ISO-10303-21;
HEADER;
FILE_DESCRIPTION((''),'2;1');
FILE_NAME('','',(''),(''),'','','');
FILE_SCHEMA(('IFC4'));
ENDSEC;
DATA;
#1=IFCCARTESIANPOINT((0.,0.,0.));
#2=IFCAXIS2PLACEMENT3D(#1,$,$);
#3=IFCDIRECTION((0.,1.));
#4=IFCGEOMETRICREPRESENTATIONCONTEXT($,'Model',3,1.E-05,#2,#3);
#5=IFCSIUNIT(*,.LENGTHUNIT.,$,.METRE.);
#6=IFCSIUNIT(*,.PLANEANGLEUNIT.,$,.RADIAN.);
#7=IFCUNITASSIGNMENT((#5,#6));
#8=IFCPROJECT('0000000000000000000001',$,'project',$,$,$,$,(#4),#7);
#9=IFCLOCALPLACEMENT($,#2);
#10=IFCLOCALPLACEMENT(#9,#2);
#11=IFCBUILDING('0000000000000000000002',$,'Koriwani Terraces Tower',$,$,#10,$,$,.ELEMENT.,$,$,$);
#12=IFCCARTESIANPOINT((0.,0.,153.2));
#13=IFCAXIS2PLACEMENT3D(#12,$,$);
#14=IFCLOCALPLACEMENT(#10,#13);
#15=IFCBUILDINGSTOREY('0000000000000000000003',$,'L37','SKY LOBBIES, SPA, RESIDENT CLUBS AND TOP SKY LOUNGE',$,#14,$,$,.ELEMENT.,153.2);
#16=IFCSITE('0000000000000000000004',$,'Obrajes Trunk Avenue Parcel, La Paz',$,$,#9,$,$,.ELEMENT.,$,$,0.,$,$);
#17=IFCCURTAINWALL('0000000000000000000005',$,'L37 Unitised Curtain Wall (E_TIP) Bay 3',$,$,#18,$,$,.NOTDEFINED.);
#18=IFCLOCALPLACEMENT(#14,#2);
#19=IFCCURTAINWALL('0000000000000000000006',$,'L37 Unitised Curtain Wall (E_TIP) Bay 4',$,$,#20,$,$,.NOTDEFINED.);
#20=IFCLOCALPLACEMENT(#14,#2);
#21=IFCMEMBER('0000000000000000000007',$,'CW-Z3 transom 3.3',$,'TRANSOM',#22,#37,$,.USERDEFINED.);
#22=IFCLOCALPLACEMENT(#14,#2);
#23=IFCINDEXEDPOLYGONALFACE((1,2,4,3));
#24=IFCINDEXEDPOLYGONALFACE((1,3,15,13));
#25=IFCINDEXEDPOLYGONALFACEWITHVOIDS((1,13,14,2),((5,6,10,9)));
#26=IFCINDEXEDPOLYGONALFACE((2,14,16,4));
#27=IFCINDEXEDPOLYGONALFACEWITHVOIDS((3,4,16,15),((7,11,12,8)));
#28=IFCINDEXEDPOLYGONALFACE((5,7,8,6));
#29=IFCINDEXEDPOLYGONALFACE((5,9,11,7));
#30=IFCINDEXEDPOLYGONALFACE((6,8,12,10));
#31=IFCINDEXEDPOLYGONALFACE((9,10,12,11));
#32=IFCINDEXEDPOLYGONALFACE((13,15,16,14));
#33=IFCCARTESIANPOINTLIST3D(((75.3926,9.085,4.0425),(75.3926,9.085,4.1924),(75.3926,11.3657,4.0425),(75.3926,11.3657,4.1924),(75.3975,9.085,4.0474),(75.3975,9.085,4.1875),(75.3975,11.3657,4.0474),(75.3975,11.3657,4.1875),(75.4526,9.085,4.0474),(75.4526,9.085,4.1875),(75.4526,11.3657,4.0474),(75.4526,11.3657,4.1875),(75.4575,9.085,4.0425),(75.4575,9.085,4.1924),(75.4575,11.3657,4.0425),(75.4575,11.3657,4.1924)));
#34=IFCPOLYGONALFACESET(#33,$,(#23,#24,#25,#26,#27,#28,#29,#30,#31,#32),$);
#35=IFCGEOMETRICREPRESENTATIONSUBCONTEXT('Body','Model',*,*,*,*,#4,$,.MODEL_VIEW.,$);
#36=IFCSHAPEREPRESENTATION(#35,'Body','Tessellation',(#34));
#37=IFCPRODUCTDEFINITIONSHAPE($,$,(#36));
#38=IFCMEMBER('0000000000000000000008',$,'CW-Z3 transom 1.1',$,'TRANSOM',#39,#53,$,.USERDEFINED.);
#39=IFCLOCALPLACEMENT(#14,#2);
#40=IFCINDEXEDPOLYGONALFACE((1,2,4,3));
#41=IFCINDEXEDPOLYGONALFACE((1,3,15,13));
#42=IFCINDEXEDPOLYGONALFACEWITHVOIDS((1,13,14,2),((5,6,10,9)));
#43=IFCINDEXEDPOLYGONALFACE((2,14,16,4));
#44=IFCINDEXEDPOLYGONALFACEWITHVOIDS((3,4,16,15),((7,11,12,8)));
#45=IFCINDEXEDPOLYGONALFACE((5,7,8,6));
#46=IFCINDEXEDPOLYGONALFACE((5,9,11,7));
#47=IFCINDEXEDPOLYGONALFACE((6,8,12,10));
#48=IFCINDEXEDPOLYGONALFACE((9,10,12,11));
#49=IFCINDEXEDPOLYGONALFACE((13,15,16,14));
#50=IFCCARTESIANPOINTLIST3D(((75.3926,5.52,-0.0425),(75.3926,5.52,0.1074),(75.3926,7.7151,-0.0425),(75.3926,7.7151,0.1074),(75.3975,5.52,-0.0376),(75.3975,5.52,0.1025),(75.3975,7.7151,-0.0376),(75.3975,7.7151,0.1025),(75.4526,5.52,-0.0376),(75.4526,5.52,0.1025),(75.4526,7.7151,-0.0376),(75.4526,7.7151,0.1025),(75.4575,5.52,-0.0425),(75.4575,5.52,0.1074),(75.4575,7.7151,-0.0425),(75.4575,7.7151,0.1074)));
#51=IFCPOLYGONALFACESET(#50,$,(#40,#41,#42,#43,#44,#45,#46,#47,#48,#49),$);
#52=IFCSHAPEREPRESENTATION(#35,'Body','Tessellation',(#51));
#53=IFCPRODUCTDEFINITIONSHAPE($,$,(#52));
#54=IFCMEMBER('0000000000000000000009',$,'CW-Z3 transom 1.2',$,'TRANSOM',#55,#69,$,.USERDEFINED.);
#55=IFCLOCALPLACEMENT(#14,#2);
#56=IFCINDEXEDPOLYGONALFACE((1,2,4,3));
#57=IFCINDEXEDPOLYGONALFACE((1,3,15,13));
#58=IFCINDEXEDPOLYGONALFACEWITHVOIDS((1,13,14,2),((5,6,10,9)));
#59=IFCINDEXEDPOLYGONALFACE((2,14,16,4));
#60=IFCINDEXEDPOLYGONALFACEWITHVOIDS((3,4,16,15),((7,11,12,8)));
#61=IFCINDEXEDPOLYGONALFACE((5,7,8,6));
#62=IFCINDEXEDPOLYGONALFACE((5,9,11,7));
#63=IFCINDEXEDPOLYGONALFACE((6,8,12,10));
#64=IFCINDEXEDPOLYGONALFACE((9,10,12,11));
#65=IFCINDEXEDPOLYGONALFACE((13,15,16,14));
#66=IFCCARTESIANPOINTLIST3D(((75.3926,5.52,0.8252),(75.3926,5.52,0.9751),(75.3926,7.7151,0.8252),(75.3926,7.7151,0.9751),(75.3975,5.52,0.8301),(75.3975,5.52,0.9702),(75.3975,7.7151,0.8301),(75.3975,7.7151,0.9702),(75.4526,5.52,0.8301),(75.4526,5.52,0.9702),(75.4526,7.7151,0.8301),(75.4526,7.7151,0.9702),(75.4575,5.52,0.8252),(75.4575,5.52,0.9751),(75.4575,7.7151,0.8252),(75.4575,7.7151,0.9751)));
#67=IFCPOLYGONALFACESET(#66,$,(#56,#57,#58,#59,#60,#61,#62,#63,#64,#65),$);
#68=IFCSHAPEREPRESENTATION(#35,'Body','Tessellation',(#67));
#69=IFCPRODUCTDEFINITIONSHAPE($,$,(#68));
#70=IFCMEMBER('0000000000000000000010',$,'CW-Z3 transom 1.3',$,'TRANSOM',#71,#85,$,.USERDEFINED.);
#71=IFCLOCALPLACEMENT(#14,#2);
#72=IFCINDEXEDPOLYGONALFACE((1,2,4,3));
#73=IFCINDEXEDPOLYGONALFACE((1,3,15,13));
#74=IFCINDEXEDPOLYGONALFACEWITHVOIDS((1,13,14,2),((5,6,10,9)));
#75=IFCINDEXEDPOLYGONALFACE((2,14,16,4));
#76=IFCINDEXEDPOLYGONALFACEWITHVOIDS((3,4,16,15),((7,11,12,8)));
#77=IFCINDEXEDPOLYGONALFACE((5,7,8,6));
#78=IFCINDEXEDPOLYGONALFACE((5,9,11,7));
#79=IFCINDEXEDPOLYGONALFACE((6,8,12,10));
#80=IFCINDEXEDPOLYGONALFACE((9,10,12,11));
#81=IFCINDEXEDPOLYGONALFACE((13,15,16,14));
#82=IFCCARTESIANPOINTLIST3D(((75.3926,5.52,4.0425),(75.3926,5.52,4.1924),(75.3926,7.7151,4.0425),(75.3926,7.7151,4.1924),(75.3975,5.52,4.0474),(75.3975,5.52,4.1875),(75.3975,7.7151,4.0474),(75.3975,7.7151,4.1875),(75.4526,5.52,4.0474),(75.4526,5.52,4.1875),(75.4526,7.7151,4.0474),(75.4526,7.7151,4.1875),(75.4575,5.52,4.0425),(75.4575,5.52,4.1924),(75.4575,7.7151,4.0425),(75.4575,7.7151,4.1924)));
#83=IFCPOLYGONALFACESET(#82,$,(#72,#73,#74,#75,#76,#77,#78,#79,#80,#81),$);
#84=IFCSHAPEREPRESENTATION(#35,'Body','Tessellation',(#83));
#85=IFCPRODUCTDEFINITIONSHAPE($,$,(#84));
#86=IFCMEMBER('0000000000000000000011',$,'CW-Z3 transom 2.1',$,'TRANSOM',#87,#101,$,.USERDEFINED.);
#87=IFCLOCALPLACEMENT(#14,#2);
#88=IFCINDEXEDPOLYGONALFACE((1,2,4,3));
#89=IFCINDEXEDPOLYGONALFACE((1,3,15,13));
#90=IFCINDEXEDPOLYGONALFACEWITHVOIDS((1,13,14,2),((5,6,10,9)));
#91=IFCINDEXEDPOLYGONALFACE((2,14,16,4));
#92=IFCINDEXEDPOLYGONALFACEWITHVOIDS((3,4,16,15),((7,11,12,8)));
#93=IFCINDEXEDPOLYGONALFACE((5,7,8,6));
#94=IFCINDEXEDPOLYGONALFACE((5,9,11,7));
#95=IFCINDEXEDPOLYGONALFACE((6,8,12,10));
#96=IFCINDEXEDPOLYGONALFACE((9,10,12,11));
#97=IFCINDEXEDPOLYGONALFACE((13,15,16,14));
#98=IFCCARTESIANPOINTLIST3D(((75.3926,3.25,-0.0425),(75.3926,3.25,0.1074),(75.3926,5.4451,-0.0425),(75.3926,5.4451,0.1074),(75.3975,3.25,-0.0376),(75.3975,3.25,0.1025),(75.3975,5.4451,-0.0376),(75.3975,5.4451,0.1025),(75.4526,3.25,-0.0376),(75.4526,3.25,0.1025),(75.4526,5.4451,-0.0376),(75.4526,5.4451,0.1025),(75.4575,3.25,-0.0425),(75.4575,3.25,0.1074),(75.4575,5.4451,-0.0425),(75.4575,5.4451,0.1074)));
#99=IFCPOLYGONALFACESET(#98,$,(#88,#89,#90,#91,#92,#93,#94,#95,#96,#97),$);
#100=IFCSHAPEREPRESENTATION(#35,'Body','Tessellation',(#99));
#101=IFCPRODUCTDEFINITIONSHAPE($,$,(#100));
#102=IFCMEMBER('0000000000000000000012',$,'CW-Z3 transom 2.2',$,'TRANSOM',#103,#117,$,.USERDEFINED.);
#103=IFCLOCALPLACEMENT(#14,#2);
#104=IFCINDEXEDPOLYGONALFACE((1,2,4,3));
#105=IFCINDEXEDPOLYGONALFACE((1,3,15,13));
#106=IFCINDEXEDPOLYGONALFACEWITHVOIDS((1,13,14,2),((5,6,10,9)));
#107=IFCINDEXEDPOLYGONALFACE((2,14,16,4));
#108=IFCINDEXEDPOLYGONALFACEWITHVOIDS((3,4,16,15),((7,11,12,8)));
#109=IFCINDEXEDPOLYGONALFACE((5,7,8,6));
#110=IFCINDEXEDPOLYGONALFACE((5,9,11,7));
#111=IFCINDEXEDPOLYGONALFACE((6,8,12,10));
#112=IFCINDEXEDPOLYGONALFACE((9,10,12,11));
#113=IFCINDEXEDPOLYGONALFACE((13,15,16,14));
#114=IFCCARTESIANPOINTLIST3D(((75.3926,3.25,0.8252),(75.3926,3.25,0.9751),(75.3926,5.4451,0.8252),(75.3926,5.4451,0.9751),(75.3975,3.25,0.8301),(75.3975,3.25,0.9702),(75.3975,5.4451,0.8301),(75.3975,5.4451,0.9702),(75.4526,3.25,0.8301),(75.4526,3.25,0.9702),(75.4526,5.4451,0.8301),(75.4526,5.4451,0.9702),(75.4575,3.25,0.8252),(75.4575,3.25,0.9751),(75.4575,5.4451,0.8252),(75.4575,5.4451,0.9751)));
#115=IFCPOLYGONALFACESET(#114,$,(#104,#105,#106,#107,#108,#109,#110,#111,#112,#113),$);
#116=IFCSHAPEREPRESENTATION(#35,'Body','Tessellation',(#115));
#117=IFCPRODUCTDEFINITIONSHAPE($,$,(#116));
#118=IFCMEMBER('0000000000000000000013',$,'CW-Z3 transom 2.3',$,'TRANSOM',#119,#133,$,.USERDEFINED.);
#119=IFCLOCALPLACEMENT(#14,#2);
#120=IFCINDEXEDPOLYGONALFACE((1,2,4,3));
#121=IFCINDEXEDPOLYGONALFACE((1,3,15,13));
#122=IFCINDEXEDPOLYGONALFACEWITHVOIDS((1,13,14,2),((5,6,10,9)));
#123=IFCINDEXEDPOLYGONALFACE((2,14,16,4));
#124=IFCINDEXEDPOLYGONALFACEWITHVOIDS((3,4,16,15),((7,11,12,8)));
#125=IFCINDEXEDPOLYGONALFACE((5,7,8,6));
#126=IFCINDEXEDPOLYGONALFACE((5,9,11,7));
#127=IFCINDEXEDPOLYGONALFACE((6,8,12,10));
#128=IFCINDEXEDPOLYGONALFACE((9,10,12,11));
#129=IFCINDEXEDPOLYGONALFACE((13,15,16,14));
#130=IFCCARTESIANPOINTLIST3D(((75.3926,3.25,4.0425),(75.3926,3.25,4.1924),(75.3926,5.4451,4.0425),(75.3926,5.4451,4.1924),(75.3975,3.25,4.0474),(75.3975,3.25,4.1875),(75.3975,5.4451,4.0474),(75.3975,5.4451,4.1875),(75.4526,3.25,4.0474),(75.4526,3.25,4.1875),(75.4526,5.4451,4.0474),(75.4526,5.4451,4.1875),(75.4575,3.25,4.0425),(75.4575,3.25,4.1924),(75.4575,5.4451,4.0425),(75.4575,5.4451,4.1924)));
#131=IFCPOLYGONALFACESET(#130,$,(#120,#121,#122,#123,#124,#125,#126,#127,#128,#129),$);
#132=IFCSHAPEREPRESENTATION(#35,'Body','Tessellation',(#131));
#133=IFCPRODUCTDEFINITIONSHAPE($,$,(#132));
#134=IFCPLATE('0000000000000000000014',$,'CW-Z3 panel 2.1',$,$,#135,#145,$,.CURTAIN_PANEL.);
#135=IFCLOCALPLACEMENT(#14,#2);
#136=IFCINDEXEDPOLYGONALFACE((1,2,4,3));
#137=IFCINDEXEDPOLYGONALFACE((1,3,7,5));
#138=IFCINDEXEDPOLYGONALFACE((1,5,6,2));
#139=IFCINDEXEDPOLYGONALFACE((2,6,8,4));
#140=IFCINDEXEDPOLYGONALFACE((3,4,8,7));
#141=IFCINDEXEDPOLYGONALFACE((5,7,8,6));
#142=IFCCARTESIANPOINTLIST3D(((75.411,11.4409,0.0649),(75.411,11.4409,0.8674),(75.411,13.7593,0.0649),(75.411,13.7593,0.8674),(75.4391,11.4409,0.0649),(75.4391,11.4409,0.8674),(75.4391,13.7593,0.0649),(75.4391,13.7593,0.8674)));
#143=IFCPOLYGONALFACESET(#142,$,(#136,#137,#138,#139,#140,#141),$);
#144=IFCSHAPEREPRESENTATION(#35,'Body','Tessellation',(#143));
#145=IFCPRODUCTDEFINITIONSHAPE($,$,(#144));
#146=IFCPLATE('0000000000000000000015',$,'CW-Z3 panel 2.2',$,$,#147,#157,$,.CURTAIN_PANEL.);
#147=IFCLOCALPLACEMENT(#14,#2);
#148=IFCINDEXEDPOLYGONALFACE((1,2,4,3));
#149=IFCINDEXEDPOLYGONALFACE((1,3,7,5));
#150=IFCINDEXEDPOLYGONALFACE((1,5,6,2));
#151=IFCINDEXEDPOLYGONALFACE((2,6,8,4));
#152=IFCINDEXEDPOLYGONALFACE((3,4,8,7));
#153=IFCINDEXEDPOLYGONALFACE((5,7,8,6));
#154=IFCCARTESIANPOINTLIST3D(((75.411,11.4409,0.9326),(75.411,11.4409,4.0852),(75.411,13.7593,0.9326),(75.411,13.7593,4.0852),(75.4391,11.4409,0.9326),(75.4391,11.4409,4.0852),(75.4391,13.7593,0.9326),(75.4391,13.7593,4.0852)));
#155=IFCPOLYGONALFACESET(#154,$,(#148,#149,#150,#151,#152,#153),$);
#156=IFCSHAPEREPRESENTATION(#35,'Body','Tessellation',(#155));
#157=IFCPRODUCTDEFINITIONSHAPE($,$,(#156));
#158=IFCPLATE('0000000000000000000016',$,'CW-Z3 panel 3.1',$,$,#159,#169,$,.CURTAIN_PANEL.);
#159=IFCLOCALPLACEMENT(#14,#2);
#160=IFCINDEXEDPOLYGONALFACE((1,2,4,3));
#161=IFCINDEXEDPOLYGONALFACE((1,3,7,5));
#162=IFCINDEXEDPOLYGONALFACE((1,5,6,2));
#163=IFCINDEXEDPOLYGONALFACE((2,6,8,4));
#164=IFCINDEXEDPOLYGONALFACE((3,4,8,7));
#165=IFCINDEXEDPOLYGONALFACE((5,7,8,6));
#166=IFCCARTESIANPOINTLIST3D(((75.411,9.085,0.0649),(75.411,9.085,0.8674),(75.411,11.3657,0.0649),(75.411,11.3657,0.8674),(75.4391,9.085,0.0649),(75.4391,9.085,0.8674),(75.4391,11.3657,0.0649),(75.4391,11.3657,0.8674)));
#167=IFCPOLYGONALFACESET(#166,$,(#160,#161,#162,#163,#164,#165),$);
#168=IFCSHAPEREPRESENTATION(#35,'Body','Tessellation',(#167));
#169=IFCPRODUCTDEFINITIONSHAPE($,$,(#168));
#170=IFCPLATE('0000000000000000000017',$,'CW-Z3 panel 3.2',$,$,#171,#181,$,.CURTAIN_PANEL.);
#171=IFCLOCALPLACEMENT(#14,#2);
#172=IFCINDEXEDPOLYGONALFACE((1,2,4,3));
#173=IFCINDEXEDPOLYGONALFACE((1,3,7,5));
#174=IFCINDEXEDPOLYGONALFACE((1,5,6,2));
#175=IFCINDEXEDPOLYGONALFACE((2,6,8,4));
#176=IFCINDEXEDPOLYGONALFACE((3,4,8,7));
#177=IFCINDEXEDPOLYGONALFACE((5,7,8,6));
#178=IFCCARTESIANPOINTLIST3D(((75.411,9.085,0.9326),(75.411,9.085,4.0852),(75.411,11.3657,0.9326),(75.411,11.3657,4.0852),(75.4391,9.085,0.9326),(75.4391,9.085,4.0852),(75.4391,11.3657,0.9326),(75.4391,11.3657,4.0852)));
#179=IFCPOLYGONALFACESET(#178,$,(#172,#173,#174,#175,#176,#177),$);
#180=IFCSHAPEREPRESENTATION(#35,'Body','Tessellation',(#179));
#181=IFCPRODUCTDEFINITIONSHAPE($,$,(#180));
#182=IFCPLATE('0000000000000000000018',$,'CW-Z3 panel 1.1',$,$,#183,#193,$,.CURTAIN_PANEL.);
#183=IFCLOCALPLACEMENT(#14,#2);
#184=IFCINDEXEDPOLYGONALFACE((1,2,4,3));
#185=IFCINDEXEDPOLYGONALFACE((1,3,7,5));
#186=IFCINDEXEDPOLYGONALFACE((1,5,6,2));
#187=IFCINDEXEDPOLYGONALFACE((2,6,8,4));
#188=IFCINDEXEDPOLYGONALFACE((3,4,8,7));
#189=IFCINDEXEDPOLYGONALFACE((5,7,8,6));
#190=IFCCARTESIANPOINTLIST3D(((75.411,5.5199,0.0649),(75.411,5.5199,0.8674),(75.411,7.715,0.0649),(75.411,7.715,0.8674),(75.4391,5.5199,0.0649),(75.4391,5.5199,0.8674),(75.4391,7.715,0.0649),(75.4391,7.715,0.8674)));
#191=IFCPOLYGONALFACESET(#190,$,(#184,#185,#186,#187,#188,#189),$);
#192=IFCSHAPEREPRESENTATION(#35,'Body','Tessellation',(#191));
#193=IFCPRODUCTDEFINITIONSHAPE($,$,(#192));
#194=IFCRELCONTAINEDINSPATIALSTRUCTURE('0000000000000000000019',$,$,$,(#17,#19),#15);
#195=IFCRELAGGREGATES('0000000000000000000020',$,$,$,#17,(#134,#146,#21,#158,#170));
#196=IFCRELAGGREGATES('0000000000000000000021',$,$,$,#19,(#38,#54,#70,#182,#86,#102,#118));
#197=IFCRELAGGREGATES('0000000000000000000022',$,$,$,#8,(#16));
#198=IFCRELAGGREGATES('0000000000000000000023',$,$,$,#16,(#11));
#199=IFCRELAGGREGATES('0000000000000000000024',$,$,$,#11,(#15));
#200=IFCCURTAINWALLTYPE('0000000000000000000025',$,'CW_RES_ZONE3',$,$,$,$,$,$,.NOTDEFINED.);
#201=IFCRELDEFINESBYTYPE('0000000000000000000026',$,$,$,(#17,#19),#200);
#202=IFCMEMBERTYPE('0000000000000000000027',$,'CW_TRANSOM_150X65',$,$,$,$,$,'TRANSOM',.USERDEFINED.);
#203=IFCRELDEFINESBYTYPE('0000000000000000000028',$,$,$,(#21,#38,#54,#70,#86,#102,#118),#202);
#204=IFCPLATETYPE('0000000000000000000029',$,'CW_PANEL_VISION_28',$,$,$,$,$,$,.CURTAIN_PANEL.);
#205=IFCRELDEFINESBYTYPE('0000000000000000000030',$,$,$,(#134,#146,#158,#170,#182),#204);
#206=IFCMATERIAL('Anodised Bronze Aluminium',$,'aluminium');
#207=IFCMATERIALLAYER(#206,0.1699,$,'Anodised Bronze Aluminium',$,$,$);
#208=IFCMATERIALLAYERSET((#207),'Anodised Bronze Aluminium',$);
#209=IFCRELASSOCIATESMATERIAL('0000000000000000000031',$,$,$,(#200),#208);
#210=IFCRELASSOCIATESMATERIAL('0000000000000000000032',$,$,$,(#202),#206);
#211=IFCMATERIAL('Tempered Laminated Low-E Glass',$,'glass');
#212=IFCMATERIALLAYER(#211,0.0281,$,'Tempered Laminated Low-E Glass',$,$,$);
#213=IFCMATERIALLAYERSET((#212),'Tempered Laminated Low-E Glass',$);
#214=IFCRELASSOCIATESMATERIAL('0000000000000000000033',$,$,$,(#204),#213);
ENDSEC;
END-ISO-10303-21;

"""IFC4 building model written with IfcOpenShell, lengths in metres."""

from ifc_helpers import new_model, si_unit, direction, frame, origin, origin_2d, place, context, subcontext, project, spatial, rectangle, hollow_rectangle, extrude, material, layer, layer_set, material_profile, profile_set, type_object, element, aggregate, save


model = new_model("IFC4")

# Units and contexts
model_context = context("Model", 3, precision=1e-05, world=origin(), true_north=direction((0.0, 1.0)))
body_context = subcontext(model_context, "Body", "Model", "MODEL_VIEW")
ifc_project = project(units=[si_unit("LENGTHUNIT", "METRE"), si_unit("PLANEANGLEUNIT", "RADIAN")], contexts=[model_context])

# Site, building, storey
site_placement = place(None, origin())
site = spatial("IfcSite", under=ifc_project, at=site_placement, Name="Obrajes Trunk Avenue Parcel, La Paz", CompositionType="ELEMENT", RefElevation=0.0)
building_placement = place(site_placement, origin())
building = spatial("IfcBuilding", under=site, at=building_placement, Name="Koriwani Terraces Tower", CompositionType="ELEMENT")
storey_placement = place(building_placement, frame((0.0, 0.0, 153.2)))
storey = spatial("IfcBuildingStorey", under=building, at=storey_placement, Name="L37", Description="SKY LOBBIES, SPA, RESIDENT CLUBS AND TOP SKY LOUNGE", CompositionType="ELEMENT", Elevation=153.2)

# Curtain walls
ifc_material_1 = material(Name="Anodised Bronze Aluminium", Category="aluminium")
ifc_layer_1 = layer(ifc_material_1, 0.1699, Name="Anodised Bronze Aluminium")
ifc_layer_set_1 = layer_set([ifc_layer_1], Name="Anodised Bronze Aluminium")
curtain_wall_type = type_object("IfcCurtainWallType", Name="CW_RES_ZONE3", PredefinedType="NOTDEFINED", material=ifc_layer_set_1)
curtain_wall_1_placement = place(storey_placement, origin())
curtain_wall_1 = element("IfcCurtainWall", 1, at=curtain_wall_1_placement, inside=storey, type_object=curtain_wall_type, Name="L37 Unitised Curtain Wall (E_TIP) Bay 3", PredefinedType="NOTDEFINED")
curtain_wall_2_placement = place(storey_placement, origin())
curtain_wall_2 = element("IfcCurtainWall", 2, at=curtain_wall_2_placement, inside=storey, type_object=curtain_wall_type, Name="L37 Unitised Curtain Wall (E_TIP) Bay 4", PredefinedType="NOTDEFINED")

# Members
ifc_material_profile_1 = material_profile(ifc_material_1, hollow_rectangle(XDim=0.0649, YDim=0.1499, WallThickness=0.0049, at=origin_2d()), Name="Anodised Bronze Aluminium", Category="LoadBearing")
ifc_profile_set_1 = profile_set([ifc_material_profile_1], Name="Anodised Bronze Aluminium")
member_type_1 = type_object("IfcMemberType", Name="CW_TRANSOM_150X65", ElementType="TRANSOM", PredefinedType="USERDEFINED", material=ifc_profile_set_1)
member_1_placement = place(storey_placement, frame((75.425, 11.3657, 4.1174), z_axis=(0.0, -1.0, 0.0), x_axis=(1.0, 0.0, 0.0)))
member_1 = element("IfcMember", 3, at=member_1_placement, type_object=member_type_1, Name="CW-Z3 transom 3.3", ObjectType="TRANSOM", PredefinedType="USERDEFINED", context=body_context, shape_type="SweptSolid", body=[
    extrude(hollow_rectangle(XDim=0.0649, YDim=0.1499, WallThickness=0.0049, at=origin_2d()), origin(), (0.0, 0.0, 1.0), 2.2808),
])
member_2_placement = place(storey_placement, frame((75.425, 7.7151, 0.0325), z_axis=(0.0, -1.0, 0.0), x_axis=(1.0, 0.0, 0.0)))
member_2 = element("IfcMember", 4, at=member_2_placement, type_object=member_type_1, Name="CW-Z3 transom 1.1", ObjectType="TRANSOM", PredefinedType="USERDEFINED", context=body_context, shape_type="SweptSolid", body=[
    extrude(hollow_rectangle(XDim=0.0649, YDim=0.1499, WallThickness=0.0049, at=origin_2d()), origin(), (0.0, 0.0, 1.0), 2.1951),
])
member_3_placement = place(storey_placement, frame((75.425, 7.7151, 0.9001), z_axis=(0.0, -1.0, 0.0), x_axis=(1.0, 0.0, 0.0)))
member_3 = element("IfcMember", 5, at=member_3_placement, type_object=member_type_1, Name="CW-Z3 transom 1.2", ObjectType="TRANSOM", PredefinedType="USERDEFINED", context=body_context, shape_type="SweptSolid", body=[
    extrude(hollow_rectangle(XDim=0.0649, YDim=0.1499, WallThickness=0.0049, at=origin_2d()), origin(), (0.0, 0.0, 1.0), 2.1951),
])
member_4_placement = place(storey_placement, frame((75.425, 7.7151, 4.1174), z_axis=(0.0, -1.0, 0.0), x_axis=(1.0, 0.0, 0.0)))
member_4 = element("IfcMember", 6, at=member_4_placement, type_object=member_type_1, Name="CW-Z3 transom 1.3", ObjectType="TRANSOM", PredefinedType="USERDEFINED", context=body_context, shape_type="SweptSolid", body=[
    extrude(hollow_rectangle(XDim=0.0649, YDim=0.1499, WallThickness=0.0049, at=origin_2d()), origin(), (0.0, 0.0, 1.0), 2.1951),
])
member_5_placement = place(storey_placement, frame((75.425, 5.4451, 0.0325), z_axis=(0.0, -1.0, 0.0), x_axis=(1.0, 0.0, 0.0)))
member_5 = element("IfcMember", 7, at=member_5_placement, type_object=member_type_1, Name="CW-Z3 transom 2.1", ObjectType="TRANSOM", PredefinedType="USERDEFINED", context=body_context, shape_type="SweptSolid", body=[
    extrude(hollow_rectangle(XDim=0.0649, YDim=0.1499, WallThickness=0.0049, at=origin_2d()), origin(), (0.0, 0.0, 1.0), 2.1951),
])
member_6_placement = place(storey_placement, frame((75.425, 5.4451, 0.9001), z_axis=(0.0, -1.0, 0.0), x_axis=(1.0, 0.0, 0.0)))
member_6 = element("IfcMember", 8, at=member_6_placement, type_object=member_type_1, Name="CW-Z3 transom 2.2", ObjectType="TRANSOM", PredefinedType="USERDEFINED", context=body_context, shape_type="SweptSolid", body=[
    extrude(hollow_rectangle(XDim=0.0649, YDim=0.1499, WallThickness=0.0049, at=origin_2d()), origin(), (0.0, 0.0, 1.0), 2.1951),
])
member_7_placement = place(storey_placement, frame((75.425, 5.4451, 4.1174), z_axis=(0.0, -1.0, 0.0), x_axis=(1.0, 0.0, 0.0)))
member_7 = element("IfcMember", 9, at=member_7_placement, type_object=member_type_1, Name="CW-Z3 transom 2.3", ObjectType="TRANSOM", PredefinedType="USERDEFINED", context=body_context, shape_type="SweptSolid", body=[
    extrude(hollow_rectangle(XDim=0.0649, YDim=0.1499, WallThickness=0.0049, at=origin_2d()), origin(), (0.0, 0.0, 1.0), 2.1951),
])

# Plates
ifc_material_2 = material(Name="Tempered Laminated Low-E Glass", Category="glass")
ifc_layer_2 = layer(ifc_material_2, 0.0281, Name="Tempered Laminated Low-E Glass")
ifc_layer_set_2 = layer_set([ifc_layer_2], Name="Tempered Laminated Low-E Glass")
plate_type = type_object("IfcPlateType", Name="CW_PANEL_VISION_28", PredefinedType="CURTAIN_PANEL", material=ifc_layer_set_2)
plate_1_placement = place(storey_placement, frame((75.425, 12.6001, 0.0649), z_axis=(0.0, 0.0, 1.0), x_axis=(0.0, -1.0, 0.0)))
plate_1 = element("IfcPlate", 10, at=plate_1_placement, type_object=plate_type, Name="CW-Z3 panel 2.1", PredefinedType="CURTAIN_PANEL", context=body_context, shape_type="SweptSolid", body=[
    extrude(rectangle(XDim=2.3184, YDim=0.0281, at=origin_2d()), origin(), (0.0, 0.0, 1.0), 0.8025),
])
plate_2_placement = place(storey_placement, frame((75.425, 12.6001, 0.9326), z_axis=(0.0, 0.0, 1.0), x_axis=(0.0, -1.0, 0.0)))
plate_2 = element("IfcPlate", 11, at=plate_2_placement, type_object=plate_type, Name="CW-Z3 panel 2.2", PredefinedType="CURTAIN_PANEL", context=body_context, shape_type="SweptSolid", body=[
    extrude(rectangle(XDim=2.3184, YDim=0.0281, at=origin_2d()), origin(), (0.0, 0.0, 1.0), 3.1526),
])
plate_3_placement = place(storey_placement, frame((75.425, 10.2253, 0.0649), z_axis=(0.0, 0.0, 1.0), x_axis=(0.0, -1.0, 0.0)))
plate_3 = element("IfcPlate", 12, at=plate_3_placement, type_object=plate_type, Name="CW-Z3 panel 3.1", PredefinedType="CURTAIN_PANEL", context=body_context, shape_type="SweptSolid", body=[
    extrude(rectangle(XDim=2.2808, YDim=0.0281, at=origin_2d()), origin(), (0.0, 0.0, 1.0), 0.8025),
])
plate_4_placement = place(storey_placement, frame((75.425, 10.2253, 0.9326), z_axis=(0.0, 0.0, 1.0), x_axis=(0.0, -1.0, 0.0)))
plate_4 = element("IfcPlate", 13, at=plate_4_placement, type_object=plate_type, Name="CW-Z3 panel 3.2", PredefinedType="CURTAIN_PANEL", context=body_context, shape_type="SweptSolid", body=[
    extrude(rectangle(XDim=2.2808, YDim=0.0281, at=origin_2d()), origin(), (0.0, 0.0, 1.0), 3.1526),
])
aggregate(curtain_wall_1, [plate_1, plate_2, member_1, plate_3, plate_4])
plate_5_placement = place(storey_placement, frame((75.425, 6.6174, 0.0649), z_axis=(0.0, 0.0, 1.0), x_axis=(0.0, -1.0, 0.0)))
plate_5 = element("IfcPlate", 14, at=plate_5_placement, type_object=plate_type, Name="CW-Z3 panel 1.1", PredefinedType="CURTAIN_PANEL", context=body_context, shape_type="SweptSolid", body=[
    extrude(rectangle(XDim=2.1951, YDim=0.0281, at=origin_2d()), origin(), (0.0, 0.0, 1.0), 0.8025),
])
aggregate(curtain_wall_2, [member_2, member_3, member_4, plate_5, member_5, member_6, member_7])

save(model, "model.ifc")
